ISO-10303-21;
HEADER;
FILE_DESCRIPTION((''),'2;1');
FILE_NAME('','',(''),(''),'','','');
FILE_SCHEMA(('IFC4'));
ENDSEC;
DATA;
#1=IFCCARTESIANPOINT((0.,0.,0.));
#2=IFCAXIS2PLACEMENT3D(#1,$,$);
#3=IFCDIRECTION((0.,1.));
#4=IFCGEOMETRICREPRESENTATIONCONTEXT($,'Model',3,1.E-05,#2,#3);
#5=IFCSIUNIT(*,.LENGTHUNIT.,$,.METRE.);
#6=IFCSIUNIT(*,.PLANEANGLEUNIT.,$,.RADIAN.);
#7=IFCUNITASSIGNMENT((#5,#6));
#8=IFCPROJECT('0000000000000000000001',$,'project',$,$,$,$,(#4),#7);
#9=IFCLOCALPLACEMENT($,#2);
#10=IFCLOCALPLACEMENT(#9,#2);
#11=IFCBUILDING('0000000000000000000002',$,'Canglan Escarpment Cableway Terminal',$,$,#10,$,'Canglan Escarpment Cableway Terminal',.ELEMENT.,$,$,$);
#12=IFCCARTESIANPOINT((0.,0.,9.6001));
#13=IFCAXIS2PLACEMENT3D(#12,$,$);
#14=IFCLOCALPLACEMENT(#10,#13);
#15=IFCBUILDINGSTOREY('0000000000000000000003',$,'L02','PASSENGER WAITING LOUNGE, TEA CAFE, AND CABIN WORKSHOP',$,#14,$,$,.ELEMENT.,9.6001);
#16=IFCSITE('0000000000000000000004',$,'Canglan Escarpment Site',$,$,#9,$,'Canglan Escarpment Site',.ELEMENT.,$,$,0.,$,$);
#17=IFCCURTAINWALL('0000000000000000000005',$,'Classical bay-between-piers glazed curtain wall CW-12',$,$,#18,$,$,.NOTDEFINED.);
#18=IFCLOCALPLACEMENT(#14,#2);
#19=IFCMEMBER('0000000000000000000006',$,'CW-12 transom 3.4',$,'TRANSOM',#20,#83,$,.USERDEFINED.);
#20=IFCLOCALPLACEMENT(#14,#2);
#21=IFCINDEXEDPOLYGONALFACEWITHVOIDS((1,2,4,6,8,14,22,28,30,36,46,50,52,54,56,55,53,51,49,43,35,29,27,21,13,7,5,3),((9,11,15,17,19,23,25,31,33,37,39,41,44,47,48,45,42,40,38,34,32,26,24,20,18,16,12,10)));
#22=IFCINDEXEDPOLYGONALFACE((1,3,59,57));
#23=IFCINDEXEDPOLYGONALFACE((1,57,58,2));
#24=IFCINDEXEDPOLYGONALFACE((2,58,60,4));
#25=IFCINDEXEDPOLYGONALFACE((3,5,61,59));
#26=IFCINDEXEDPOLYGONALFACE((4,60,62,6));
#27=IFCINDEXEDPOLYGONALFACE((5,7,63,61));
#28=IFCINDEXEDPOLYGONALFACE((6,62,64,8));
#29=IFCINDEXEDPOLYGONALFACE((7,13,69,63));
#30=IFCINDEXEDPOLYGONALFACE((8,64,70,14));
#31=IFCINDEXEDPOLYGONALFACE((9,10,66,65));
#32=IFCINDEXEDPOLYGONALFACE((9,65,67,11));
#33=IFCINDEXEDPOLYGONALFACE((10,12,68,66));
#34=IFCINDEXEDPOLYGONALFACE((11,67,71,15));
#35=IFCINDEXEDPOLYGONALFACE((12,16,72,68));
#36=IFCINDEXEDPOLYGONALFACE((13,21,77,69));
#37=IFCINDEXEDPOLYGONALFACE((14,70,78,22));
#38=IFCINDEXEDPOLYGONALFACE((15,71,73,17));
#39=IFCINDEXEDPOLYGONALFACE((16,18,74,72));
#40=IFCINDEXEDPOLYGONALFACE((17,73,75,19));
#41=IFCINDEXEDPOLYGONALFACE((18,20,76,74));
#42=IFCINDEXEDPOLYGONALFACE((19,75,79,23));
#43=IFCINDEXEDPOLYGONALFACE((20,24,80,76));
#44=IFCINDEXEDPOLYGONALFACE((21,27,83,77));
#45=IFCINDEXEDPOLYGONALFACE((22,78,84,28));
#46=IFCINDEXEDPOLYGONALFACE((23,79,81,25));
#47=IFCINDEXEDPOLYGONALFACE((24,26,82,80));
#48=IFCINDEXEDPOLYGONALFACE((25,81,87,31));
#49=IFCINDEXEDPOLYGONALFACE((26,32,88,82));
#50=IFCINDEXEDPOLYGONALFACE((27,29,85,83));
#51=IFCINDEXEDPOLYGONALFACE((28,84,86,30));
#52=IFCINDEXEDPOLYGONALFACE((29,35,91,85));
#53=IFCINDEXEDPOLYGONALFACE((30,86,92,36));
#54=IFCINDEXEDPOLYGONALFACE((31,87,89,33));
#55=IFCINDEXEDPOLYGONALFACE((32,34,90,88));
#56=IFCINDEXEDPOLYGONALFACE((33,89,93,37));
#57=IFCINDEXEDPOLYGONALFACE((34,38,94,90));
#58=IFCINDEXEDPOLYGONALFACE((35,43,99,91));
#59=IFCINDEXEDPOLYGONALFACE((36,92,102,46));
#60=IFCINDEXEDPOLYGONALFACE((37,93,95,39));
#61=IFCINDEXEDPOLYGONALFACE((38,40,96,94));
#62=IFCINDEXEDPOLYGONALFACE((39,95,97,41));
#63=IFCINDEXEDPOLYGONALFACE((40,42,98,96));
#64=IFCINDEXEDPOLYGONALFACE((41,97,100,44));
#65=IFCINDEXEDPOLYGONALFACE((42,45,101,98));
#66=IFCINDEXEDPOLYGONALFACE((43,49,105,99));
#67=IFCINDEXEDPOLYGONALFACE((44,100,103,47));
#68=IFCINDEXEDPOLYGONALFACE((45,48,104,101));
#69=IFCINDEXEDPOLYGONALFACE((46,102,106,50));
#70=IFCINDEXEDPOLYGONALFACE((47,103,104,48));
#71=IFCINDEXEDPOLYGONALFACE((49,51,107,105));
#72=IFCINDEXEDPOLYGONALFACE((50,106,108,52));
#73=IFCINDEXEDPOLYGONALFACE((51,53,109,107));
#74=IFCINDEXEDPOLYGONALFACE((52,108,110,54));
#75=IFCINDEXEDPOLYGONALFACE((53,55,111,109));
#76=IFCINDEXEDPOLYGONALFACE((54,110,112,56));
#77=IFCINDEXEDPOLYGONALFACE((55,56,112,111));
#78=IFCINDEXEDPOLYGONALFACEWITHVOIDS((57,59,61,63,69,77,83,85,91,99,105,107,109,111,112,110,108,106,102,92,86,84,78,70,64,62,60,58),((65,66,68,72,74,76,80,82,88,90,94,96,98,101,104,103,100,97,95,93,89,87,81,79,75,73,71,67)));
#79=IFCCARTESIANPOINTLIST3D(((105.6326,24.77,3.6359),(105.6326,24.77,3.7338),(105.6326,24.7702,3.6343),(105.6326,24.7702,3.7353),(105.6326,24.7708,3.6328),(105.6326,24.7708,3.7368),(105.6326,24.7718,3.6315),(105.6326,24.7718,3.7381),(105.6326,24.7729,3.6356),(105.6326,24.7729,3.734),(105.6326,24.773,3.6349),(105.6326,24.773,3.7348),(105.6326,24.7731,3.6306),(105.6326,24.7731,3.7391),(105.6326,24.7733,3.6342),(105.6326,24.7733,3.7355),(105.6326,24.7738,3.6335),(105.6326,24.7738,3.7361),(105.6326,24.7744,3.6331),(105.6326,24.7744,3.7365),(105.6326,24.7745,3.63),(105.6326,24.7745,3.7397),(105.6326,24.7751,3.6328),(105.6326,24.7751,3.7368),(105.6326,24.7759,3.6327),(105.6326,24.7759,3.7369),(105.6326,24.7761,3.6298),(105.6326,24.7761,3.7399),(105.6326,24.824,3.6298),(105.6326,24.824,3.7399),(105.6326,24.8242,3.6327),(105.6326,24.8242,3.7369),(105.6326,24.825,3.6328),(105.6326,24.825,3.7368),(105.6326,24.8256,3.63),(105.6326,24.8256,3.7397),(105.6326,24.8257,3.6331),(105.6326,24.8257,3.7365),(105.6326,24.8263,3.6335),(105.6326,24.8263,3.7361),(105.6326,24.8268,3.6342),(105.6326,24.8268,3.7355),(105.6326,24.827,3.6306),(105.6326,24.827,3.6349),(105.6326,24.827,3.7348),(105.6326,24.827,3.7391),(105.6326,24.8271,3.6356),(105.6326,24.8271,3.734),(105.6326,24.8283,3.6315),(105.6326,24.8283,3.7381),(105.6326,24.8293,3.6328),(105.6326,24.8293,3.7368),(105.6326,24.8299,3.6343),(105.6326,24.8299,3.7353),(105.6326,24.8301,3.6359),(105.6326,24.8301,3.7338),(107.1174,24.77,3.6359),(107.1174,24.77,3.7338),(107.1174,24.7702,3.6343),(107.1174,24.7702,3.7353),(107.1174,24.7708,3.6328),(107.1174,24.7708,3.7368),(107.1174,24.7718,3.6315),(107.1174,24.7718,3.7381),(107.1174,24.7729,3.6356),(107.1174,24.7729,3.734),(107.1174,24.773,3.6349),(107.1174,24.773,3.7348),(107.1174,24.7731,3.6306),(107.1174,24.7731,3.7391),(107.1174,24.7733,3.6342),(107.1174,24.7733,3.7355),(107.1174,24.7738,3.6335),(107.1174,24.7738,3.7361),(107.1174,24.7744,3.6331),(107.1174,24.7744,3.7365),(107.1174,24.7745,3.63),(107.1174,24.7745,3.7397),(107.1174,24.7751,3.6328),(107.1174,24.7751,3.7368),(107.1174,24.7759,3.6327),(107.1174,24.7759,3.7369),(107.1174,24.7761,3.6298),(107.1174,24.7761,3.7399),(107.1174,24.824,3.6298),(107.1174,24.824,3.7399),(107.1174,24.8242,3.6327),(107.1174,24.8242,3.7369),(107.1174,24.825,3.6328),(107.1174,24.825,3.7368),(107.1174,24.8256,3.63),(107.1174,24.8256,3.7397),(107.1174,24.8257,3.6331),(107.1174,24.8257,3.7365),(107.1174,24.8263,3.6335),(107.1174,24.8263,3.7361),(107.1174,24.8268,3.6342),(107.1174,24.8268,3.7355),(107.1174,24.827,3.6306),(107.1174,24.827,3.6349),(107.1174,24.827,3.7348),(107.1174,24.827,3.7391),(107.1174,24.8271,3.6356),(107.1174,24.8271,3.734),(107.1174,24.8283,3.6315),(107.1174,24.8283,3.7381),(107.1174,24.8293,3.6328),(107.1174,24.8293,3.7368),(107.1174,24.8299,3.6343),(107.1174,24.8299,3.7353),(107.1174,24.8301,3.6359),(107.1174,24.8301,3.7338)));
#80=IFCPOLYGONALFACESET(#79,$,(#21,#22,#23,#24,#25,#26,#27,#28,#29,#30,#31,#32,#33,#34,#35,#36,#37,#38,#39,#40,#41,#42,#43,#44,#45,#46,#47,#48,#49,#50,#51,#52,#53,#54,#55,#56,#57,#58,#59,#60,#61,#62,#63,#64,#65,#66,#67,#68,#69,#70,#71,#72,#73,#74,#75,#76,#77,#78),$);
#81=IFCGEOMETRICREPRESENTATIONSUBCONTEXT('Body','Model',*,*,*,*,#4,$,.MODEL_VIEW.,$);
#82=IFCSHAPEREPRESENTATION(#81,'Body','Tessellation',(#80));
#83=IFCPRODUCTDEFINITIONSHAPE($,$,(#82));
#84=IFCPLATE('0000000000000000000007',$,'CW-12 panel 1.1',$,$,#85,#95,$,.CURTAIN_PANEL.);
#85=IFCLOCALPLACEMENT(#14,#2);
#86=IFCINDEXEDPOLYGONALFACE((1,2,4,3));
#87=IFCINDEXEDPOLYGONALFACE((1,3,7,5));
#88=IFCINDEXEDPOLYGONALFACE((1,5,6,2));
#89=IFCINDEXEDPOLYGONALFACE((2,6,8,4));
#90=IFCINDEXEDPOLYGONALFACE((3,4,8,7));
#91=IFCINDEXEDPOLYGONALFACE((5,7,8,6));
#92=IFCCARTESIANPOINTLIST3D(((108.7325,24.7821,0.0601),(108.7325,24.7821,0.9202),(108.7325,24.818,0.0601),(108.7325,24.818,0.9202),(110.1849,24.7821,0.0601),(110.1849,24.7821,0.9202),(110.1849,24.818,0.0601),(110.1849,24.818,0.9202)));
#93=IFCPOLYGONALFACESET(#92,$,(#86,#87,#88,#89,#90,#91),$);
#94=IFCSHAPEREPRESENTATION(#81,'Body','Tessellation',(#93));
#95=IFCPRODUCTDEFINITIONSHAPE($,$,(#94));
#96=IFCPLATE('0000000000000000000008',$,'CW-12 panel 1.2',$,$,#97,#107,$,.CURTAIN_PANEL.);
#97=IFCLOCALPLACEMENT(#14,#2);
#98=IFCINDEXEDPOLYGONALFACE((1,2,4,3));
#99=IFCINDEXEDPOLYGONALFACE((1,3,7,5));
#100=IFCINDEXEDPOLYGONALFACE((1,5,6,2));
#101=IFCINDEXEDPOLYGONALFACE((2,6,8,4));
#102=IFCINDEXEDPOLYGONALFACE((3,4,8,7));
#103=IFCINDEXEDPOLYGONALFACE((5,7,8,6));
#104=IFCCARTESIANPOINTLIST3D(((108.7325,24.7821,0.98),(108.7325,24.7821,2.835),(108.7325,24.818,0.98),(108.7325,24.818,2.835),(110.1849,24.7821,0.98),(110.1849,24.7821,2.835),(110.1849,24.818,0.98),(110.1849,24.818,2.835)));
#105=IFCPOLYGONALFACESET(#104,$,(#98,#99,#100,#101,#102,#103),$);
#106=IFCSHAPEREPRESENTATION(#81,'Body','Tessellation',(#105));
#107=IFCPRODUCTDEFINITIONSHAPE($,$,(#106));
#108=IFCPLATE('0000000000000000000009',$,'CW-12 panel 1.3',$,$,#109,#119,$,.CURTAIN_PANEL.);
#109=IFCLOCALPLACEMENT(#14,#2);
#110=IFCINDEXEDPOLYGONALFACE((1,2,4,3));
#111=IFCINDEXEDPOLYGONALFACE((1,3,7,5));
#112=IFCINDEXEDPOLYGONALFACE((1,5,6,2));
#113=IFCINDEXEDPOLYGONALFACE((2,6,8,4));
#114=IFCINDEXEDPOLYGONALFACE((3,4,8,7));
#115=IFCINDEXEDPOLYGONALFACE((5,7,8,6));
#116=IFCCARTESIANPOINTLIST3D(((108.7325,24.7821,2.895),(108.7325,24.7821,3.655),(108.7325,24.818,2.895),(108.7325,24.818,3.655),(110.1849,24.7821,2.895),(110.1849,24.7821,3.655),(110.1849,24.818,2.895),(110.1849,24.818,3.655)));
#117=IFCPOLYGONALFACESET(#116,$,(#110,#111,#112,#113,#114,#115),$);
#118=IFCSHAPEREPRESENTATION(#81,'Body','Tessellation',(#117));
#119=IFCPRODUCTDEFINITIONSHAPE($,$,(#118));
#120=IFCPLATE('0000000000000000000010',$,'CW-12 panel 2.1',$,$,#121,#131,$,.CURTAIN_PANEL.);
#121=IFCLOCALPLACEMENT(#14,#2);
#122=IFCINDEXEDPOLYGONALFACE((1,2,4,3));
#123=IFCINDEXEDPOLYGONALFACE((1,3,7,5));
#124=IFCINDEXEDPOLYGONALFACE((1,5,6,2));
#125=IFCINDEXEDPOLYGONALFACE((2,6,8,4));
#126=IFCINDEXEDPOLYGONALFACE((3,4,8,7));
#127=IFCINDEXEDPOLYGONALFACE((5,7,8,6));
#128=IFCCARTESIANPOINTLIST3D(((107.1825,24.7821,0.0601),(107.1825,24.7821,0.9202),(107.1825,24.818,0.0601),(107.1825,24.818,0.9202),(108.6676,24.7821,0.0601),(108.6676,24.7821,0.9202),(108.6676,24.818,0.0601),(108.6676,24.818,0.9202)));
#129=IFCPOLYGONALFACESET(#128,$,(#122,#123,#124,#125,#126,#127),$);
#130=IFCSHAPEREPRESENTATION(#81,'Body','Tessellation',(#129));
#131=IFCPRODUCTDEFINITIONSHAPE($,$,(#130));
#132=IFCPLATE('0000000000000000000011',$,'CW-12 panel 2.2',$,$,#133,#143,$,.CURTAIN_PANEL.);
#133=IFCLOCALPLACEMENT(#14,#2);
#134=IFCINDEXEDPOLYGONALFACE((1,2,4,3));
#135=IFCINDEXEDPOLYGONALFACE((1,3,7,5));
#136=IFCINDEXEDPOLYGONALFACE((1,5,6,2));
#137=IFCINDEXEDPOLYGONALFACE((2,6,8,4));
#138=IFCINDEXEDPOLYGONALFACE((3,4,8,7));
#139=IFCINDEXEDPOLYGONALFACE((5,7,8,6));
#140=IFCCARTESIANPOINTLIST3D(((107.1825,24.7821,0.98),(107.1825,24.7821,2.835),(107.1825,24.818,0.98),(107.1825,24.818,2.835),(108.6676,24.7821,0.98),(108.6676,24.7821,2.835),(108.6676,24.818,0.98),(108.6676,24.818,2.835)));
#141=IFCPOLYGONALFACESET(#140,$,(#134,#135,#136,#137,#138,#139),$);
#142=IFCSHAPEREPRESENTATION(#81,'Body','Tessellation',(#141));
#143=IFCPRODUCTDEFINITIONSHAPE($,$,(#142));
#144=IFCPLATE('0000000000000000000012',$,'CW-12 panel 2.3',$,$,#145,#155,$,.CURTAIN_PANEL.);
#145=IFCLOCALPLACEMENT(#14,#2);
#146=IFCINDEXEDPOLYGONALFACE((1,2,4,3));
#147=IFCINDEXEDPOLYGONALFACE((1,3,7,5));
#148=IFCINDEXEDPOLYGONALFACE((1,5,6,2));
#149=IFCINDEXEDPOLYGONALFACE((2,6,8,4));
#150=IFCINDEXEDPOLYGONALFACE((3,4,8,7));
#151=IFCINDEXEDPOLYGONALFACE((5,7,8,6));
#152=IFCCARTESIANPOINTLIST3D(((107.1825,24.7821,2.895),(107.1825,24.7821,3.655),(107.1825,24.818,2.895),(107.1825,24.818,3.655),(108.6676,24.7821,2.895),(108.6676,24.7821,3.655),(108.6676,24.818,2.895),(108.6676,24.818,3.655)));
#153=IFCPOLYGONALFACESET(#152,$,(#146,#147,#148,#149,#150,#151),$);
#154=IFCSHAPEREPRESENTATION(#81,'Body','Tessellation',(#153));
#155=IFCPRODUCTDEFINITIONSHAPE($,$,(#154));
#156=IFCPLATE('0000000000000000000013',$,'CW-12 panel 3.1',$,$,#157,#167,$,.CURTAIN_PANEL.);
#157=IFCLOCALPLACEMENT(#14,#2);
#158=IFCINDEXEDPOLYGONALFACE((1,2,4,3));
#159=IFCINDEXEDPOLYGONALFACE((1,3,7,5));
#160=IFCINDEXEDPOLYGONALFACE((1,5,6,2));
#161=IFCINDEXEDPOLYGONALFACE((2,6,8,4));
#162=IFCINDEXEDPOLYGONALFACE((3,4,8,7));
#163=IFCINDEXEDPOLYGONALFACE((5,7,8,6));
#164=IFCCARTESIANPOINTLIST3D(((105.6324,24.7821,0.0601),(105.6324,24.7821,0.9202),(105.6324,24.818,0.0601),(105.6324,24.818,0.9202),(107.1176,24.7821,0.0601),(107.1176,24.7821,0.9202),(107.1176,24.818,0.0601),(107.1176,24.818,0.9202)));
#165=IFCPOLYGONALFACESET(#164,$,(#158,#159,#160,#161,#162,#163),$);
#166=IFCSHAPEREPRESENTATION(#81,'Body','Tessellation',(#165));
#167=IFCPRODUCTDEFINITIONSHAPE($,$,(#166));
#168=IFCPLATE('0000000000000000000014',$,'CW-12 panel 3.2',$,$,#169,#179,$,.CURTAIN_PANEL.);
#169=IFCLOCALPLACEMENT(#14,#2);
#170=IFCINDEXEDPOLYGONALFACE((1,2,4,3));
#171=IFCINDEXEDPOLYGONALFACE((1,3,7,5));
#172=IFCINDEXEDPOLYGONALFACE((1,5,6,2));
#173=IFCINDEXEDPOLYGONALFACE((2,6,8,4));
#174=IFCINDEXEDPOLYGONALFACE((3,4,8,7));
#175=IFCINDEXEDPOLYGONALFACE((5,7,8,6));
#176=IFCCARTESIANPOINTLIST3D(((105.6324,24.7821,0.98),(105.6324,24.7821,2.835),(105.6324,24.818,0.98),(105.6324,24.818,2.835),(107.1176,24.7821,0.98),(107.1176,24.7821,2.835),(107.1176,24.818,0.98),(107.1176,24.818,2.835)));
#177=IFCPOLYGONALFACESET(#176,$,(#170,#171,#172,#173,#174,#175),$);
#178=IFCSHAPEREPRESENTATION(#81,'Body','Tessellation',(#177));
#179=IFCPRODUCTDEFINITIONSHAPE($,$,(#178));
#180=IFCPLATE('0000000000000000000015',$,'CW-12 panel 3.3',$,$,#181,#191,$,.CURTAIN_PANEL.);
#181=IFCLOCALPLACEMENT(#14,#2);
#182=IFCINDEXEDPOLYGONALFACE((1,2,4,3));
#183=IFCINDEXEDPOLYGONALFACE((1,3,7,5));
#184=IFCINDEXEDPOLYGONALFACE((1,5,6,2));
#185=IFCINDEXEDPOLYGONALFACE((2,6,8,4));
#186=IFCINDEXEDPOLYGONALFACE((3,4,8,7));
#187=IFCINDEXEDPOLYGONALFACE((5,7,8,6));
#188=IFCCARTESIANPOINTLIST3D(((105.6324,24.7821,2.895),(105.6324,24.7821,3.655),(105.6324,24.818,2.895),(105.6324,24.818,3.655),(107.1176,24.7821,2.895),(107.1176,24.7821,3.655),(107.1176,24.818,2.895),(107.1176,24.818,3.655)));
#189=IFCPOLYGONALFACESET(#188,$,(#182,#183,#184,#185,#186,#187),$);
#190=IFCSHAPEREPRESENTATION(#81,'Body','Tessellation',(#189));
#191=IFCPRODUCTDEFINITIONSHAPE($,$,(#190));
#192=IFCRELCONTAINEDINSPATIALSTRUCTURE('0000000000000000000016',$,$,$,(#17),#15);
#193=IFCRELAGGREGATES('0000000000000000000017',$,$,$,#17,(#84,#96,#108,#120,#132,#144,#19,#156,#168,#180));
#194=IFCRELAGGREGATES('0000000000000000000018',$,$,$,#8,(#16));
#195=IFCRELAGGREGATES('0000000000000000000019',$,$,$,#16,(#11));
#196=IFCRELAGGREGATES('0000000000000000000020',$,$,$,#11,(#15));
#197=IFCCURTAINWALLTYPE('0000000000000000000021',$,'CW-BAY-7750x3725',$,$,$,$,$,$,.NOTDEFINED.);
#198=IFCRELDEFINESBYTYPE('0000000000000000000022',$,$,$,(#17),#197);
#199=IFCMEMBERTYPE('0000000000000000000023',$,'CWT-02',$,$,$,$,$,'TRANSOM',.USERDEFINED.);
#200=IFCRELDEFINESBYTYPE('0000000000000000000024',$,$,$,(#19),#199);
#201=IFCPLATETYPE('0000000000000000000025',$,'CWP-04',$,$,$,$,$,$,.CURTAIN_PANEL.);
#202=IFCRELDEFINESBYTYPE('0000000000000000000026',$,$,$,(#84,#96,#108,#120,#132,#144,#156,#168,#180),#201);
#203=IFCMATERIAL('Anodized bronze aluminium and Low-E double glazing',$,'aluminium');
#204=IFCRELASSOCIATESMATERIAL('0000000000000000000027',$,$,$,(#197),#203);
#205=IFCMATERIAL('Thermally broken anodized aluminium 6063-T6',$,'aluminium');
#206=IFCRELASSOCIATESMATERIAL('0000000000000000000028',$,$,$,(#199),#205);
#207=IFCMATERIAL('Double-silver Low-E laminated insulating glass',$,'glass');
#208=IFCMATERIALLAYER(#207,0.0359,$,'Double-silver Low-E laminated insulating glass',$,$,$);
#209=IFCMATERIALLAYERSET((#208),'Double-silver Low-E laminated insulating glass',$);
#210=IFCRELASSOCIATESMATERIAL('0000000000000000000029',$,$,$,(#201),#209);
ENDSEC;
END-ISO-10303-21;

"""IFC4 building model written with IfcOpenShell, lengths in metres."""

from ifc_helpers import new_model, si_unit, direction, frame, origin, origin_2d, place, context, subcontext, project, spatial, rectangle, hollow_rectangle, extrude, material, layer, layer_set, material_profile, profile_set, type_object, element, aggregate, save


model = new_model("IFC4")

# Units and contexts
model_context = context("Model", 3, precision=1e-05, world=origin(), true_north=direction((0.0, 1.0)))
body_context = subcontext(model_context, "Body", "Model", "MODEL_VIEW")
ifc_project = project(units=[si_unit("LENGTHUNIT", "METRE"), si_unit("PLANEANGLEUNIT", "RADIAN")], contexts=[model_context])

# Site, building, storey
site_placement = place(None, origin())
site = spatial("IfcSite", under=ifc_project, at=site_placement, Name="Canglan Escarpment Site", LongName="Canglan Escarpment Site", CompositionType="ELEMENT", RefElevation=0.0)
building_placement = place(site_placement, origin())
building = spatial("IfcBuilding", under=site, at=building_placement, Name="Canglan Escarpment Cableway Terminal", LongName="Canglan Escarpment Cableway Terminal", CompositionType="ELEMENT")
storey_placement = place(building_placement, frame((0.0, 0.0, 9.6001)))
storey = spatial("IfcBuildingStorey", under=building, at=storey_placement, Name="L02", Description="PASSENGER WAITING LOUNGE, TEA CAFE, AND CABIN WORKSHOP", CompositionType="ELEMENT", Elevation=9.6001)

# Curtain wall, member, plates
ifc_material_1 = material(Name="Anodized bronze aluminium and Low-E double glazing", Category="aluminium")
curtain_wall_type = type_object("IfcCurtainWallType", Name="CW-BAY-7750x3725", PredefinedType="NOTDEFINED", material=ifc_material_1)
curtain_wall_placement = place(storey_placement, origin())
curtain_wall = element("IfcCurtainWall", 1, at=curtain_wall_placement, inside=storey, type_object=curtain_wall_type, Name="Classical bay-between-piers glazed curtain wall CW-12", PredefinedType="NOTDEFINED")
ifc_material_2 = material(Name="Thermally broken anodized aluminium 6063-T6", Category="aluminium")
ifc_material_profile_1 = material_profile(ifc_material_2, hollow_rectangle(XDim=0.0601, YDim=0.1101, WallThickness=0.0029, InnerFilletRadius=0.0029, OuterFilletRadius=0.0061, at=origin_2d()), Name="ALU-TRAN 60x110x3")
ifc_profile_set_1 = profile_set([ifc_material_profile_1], Name="Thermally broken anodized aluminium 6063-T6")
member_type_1 = type_object("IfcMemberType", Name="CWT-02", ElementType="TRANSOM", PredefinedType="USERDEFINED", material=ifc_profile_set_1)
member_1_placement = place(storey_placement, frame((107.1174, 24.8, 3.6848), z_axis=(-1.0, 0.0, 0.0), x_axis=(0.0, -1.0, 0.0)))
member_1 = element("IfcMember", 2, at=member_1_placement, type_object=member_type_1, Name="CW-12 transom 3.4", ObjectType="TRANSOM", PredefinedType="USERDEFINED", context=body_context, shape_type="SweptSolid", body=[
    extrude(hollow_rectangle(XDim=0.0601, YDim=0.1101, WallThickness=0.0029, InnerFilletRadius=0.0029, OuterFilletRadius=0.0061, at=origin_2d()), origin(), (0.0, 0.0, 1.0), 1.4849),
])
ifc_material_3 = material(Name="Double-silver Low-E laminated insulating glass", Category="glass")
ifc_layer_1 = layer(ifc_material_3, 0.0359, Name="Double-silver Low-E laminated insulating glass")
ifc_layer_set_1 = layer_set([ifc_layer_1], Name="Double-silver Low-E laminated insulating glass")
plate_type = type_object("IfcPlateType", Name="CWP-04", PredefinedType="CURTAIN_PANEL", material=ifc_layer_set_1)
plate_1_placement = place(storey_placement, frame((109.4587, 24.8, 0.0601), z_axis=(0.0, 0.0, 1.0), x_axis=(-1.0, 0.0, 0.0)))
plate_1 = element("IfcPlate", 3, at=plate_1_placement, type_object=plate_type, Name="CW-12 panel 1.1", PredefinedType="CURTAIN_PANEL", context=body_context, shape_type="SweptSolid", body=[
    extrude(rectangle(XDim=1.4524, YDim=0.0359, at=origin_2d()), origin(), (0.0, 0.0, 1.0), 0.8601),
])
plate_2_placement = place(storey_placement, frame((109.4587, 24.8, 0.98), z_axis=(0.0, 0.0, 1.0), x_axis=(-1.0, 0.0, 0.0)))
plate_2 = element("IfcPlate", 4, at=plate_2_placement, type_object=plate_type, Name="CW-12 panel 1.2", PredefinedType="CURTAIN_PANEL", context=body_context, shape_type="SweptSolid", body=[
    extrude(rectangle(XDim=1.4524, YDim=0.0359, at=origin_2d()), origin(), (0.0, 0.0, 1.0), 1.855),
])
plate_3_placement = place(storey_placement, frame((109.4587, 24.8, 2.895), z_axis=(0.0, 0.0, 1.0), x_axis=(-1.0, 0.0, 0.0)))
plate_3 = element("IfcPlate", 5, at=plate_3_placement, type_object=plate_type, Name="CW-12 panel 1.3", PredefinedType="CURTAIN_PANEL", context=body_context, shape_type="SweptSolid", body=[
    extrude(rectangle(XDim=1.4524, YDim=0.0359, at=origin_2d()), origin(), (0.0, 0.0, 1.0), 0.76),
])
plate_4_placement = place(storey_placement, frame((107.925, 24.8, 0.0601), z_axis=(0.0, 0.0, 1.0), x_axis=(-1.0, 0.0, 0.0)))
plate_4 = element("IfcPlate", 6, at=plate_4_placement, type_object=plate_type, Name="CW-12 panel 2.1", PredefinedType="CURTAIN_PANEL", context=body_context, shape_type="SweptSolid", body=[
    extrude(rectangle(XDim=1.4851, YDim=0.0359, at=origin_2d()), origin(), (0.0, 0.0, 1.0), 0.8601),
])
plate_5_placement = place(storey_placement, frame((107.925, 24.8, 0.98), z_axis=(0.0, 0.0, 1.0), x_axis=(-1.0, 0.0, 0.0)))
plate_5 = element("IfcPlate", 7, at=plate_5_placement, type_object=plate_type, Name="CW-12 panel 2.2", PredefinedType="CURTAIN_PANEL", context=body_context, shape_type="SweptSolid", body=[
    extrude(rectangle(XDim=1.4851, YDim=0.0359, at=origin_2d()), origin(), (0.0, 0.0, 1.0), 1.855),
])
plate_6_placement = place(storey_placement, frame((107.925, 24.8, 2.895), z_axis=(0.0, 0.0, 1.0), x_axis=(-1.0, 0.0, 0.0)))
plate_6 = element("IfcPlate", 8, at=plate_6_placement, type_object=plate_type, Name="CW-12 panel 2.3", PredefinedType="CURTAIN_PANEL", context=body_context, shape_type="SweptSolid", body=[
    extrude(rectangle(XDim=1.4851, YDim=0.0359, at=origin_2d()), origin(), (0.0, 0.0, 1.0), 0.76),
])
plate_7_placement = place(storey_placement, frame((106.375, 24.8, 0.0601), z_axis=(0.0, 0.0, 1.0), x_axis=(-1.0, 0.0, 0.0)))
plate_7 = element("IfcPlate", 9, at=plate_7_placement, type_object=plate_type, Name="CW-12 panel 3.1", PredefinedType="CURTAIN_PANEL", context=body_context, shape_type="SweptSolid", body=[
    extrude(rectangle(XDim=1.4851, YDim=0.0359, at=origin_2d()), origin(), (0.0, 0.0, 1.0), 0.8601),
])
plate_8_placement = place(storey_placement, frame((106.375, 24.8, 0.98), z_axis=(0.0, 0.0, 1.0), x_axis=(-1.0, 0.0, 0.0)))
plate_8 = element("IfcPlate", 10, at=plate_8_placement, type_object=plate_type, Name="CW-12 panel 3.2", PredefinedType="CURTAIN_PANEL", context=body_context, shape_type="SweptSolid", body=[
    extrude(rectangle(XDim=1.4851, YDim=0.0359, at=origin_2d()), origin(), (0.0, 0.0, 1.0), 1.855),
])
plate_9_placement = place(storey_placement, frame((106.375, 24.8, 2.895), z_axis=(0.0, 0.0, 1.0), x_axis=(-1.0, 0.0, 0.0)))
plate_9 = element("IfcPlate", 11, at=plate_9_placement, type_object=plate_type, Name="CW-12 panel 3.3", PredefinedType="CURTAIN_PANEL", context=body_context, shape_type="SweptSolid", body=[
    extrude(rectangle(XDim=1.4851, YDim=0.0359, at=origin_2d()), origin(), (0.0, 0.0, 1.0), 0.76),
])
aggregate(curtain_wall, [plate_1, plate_2, plate_3, plate_4, plate_5, plate_6, member_1, plate_7, plate_8, plate_9])

save(model, "model.ifc")
